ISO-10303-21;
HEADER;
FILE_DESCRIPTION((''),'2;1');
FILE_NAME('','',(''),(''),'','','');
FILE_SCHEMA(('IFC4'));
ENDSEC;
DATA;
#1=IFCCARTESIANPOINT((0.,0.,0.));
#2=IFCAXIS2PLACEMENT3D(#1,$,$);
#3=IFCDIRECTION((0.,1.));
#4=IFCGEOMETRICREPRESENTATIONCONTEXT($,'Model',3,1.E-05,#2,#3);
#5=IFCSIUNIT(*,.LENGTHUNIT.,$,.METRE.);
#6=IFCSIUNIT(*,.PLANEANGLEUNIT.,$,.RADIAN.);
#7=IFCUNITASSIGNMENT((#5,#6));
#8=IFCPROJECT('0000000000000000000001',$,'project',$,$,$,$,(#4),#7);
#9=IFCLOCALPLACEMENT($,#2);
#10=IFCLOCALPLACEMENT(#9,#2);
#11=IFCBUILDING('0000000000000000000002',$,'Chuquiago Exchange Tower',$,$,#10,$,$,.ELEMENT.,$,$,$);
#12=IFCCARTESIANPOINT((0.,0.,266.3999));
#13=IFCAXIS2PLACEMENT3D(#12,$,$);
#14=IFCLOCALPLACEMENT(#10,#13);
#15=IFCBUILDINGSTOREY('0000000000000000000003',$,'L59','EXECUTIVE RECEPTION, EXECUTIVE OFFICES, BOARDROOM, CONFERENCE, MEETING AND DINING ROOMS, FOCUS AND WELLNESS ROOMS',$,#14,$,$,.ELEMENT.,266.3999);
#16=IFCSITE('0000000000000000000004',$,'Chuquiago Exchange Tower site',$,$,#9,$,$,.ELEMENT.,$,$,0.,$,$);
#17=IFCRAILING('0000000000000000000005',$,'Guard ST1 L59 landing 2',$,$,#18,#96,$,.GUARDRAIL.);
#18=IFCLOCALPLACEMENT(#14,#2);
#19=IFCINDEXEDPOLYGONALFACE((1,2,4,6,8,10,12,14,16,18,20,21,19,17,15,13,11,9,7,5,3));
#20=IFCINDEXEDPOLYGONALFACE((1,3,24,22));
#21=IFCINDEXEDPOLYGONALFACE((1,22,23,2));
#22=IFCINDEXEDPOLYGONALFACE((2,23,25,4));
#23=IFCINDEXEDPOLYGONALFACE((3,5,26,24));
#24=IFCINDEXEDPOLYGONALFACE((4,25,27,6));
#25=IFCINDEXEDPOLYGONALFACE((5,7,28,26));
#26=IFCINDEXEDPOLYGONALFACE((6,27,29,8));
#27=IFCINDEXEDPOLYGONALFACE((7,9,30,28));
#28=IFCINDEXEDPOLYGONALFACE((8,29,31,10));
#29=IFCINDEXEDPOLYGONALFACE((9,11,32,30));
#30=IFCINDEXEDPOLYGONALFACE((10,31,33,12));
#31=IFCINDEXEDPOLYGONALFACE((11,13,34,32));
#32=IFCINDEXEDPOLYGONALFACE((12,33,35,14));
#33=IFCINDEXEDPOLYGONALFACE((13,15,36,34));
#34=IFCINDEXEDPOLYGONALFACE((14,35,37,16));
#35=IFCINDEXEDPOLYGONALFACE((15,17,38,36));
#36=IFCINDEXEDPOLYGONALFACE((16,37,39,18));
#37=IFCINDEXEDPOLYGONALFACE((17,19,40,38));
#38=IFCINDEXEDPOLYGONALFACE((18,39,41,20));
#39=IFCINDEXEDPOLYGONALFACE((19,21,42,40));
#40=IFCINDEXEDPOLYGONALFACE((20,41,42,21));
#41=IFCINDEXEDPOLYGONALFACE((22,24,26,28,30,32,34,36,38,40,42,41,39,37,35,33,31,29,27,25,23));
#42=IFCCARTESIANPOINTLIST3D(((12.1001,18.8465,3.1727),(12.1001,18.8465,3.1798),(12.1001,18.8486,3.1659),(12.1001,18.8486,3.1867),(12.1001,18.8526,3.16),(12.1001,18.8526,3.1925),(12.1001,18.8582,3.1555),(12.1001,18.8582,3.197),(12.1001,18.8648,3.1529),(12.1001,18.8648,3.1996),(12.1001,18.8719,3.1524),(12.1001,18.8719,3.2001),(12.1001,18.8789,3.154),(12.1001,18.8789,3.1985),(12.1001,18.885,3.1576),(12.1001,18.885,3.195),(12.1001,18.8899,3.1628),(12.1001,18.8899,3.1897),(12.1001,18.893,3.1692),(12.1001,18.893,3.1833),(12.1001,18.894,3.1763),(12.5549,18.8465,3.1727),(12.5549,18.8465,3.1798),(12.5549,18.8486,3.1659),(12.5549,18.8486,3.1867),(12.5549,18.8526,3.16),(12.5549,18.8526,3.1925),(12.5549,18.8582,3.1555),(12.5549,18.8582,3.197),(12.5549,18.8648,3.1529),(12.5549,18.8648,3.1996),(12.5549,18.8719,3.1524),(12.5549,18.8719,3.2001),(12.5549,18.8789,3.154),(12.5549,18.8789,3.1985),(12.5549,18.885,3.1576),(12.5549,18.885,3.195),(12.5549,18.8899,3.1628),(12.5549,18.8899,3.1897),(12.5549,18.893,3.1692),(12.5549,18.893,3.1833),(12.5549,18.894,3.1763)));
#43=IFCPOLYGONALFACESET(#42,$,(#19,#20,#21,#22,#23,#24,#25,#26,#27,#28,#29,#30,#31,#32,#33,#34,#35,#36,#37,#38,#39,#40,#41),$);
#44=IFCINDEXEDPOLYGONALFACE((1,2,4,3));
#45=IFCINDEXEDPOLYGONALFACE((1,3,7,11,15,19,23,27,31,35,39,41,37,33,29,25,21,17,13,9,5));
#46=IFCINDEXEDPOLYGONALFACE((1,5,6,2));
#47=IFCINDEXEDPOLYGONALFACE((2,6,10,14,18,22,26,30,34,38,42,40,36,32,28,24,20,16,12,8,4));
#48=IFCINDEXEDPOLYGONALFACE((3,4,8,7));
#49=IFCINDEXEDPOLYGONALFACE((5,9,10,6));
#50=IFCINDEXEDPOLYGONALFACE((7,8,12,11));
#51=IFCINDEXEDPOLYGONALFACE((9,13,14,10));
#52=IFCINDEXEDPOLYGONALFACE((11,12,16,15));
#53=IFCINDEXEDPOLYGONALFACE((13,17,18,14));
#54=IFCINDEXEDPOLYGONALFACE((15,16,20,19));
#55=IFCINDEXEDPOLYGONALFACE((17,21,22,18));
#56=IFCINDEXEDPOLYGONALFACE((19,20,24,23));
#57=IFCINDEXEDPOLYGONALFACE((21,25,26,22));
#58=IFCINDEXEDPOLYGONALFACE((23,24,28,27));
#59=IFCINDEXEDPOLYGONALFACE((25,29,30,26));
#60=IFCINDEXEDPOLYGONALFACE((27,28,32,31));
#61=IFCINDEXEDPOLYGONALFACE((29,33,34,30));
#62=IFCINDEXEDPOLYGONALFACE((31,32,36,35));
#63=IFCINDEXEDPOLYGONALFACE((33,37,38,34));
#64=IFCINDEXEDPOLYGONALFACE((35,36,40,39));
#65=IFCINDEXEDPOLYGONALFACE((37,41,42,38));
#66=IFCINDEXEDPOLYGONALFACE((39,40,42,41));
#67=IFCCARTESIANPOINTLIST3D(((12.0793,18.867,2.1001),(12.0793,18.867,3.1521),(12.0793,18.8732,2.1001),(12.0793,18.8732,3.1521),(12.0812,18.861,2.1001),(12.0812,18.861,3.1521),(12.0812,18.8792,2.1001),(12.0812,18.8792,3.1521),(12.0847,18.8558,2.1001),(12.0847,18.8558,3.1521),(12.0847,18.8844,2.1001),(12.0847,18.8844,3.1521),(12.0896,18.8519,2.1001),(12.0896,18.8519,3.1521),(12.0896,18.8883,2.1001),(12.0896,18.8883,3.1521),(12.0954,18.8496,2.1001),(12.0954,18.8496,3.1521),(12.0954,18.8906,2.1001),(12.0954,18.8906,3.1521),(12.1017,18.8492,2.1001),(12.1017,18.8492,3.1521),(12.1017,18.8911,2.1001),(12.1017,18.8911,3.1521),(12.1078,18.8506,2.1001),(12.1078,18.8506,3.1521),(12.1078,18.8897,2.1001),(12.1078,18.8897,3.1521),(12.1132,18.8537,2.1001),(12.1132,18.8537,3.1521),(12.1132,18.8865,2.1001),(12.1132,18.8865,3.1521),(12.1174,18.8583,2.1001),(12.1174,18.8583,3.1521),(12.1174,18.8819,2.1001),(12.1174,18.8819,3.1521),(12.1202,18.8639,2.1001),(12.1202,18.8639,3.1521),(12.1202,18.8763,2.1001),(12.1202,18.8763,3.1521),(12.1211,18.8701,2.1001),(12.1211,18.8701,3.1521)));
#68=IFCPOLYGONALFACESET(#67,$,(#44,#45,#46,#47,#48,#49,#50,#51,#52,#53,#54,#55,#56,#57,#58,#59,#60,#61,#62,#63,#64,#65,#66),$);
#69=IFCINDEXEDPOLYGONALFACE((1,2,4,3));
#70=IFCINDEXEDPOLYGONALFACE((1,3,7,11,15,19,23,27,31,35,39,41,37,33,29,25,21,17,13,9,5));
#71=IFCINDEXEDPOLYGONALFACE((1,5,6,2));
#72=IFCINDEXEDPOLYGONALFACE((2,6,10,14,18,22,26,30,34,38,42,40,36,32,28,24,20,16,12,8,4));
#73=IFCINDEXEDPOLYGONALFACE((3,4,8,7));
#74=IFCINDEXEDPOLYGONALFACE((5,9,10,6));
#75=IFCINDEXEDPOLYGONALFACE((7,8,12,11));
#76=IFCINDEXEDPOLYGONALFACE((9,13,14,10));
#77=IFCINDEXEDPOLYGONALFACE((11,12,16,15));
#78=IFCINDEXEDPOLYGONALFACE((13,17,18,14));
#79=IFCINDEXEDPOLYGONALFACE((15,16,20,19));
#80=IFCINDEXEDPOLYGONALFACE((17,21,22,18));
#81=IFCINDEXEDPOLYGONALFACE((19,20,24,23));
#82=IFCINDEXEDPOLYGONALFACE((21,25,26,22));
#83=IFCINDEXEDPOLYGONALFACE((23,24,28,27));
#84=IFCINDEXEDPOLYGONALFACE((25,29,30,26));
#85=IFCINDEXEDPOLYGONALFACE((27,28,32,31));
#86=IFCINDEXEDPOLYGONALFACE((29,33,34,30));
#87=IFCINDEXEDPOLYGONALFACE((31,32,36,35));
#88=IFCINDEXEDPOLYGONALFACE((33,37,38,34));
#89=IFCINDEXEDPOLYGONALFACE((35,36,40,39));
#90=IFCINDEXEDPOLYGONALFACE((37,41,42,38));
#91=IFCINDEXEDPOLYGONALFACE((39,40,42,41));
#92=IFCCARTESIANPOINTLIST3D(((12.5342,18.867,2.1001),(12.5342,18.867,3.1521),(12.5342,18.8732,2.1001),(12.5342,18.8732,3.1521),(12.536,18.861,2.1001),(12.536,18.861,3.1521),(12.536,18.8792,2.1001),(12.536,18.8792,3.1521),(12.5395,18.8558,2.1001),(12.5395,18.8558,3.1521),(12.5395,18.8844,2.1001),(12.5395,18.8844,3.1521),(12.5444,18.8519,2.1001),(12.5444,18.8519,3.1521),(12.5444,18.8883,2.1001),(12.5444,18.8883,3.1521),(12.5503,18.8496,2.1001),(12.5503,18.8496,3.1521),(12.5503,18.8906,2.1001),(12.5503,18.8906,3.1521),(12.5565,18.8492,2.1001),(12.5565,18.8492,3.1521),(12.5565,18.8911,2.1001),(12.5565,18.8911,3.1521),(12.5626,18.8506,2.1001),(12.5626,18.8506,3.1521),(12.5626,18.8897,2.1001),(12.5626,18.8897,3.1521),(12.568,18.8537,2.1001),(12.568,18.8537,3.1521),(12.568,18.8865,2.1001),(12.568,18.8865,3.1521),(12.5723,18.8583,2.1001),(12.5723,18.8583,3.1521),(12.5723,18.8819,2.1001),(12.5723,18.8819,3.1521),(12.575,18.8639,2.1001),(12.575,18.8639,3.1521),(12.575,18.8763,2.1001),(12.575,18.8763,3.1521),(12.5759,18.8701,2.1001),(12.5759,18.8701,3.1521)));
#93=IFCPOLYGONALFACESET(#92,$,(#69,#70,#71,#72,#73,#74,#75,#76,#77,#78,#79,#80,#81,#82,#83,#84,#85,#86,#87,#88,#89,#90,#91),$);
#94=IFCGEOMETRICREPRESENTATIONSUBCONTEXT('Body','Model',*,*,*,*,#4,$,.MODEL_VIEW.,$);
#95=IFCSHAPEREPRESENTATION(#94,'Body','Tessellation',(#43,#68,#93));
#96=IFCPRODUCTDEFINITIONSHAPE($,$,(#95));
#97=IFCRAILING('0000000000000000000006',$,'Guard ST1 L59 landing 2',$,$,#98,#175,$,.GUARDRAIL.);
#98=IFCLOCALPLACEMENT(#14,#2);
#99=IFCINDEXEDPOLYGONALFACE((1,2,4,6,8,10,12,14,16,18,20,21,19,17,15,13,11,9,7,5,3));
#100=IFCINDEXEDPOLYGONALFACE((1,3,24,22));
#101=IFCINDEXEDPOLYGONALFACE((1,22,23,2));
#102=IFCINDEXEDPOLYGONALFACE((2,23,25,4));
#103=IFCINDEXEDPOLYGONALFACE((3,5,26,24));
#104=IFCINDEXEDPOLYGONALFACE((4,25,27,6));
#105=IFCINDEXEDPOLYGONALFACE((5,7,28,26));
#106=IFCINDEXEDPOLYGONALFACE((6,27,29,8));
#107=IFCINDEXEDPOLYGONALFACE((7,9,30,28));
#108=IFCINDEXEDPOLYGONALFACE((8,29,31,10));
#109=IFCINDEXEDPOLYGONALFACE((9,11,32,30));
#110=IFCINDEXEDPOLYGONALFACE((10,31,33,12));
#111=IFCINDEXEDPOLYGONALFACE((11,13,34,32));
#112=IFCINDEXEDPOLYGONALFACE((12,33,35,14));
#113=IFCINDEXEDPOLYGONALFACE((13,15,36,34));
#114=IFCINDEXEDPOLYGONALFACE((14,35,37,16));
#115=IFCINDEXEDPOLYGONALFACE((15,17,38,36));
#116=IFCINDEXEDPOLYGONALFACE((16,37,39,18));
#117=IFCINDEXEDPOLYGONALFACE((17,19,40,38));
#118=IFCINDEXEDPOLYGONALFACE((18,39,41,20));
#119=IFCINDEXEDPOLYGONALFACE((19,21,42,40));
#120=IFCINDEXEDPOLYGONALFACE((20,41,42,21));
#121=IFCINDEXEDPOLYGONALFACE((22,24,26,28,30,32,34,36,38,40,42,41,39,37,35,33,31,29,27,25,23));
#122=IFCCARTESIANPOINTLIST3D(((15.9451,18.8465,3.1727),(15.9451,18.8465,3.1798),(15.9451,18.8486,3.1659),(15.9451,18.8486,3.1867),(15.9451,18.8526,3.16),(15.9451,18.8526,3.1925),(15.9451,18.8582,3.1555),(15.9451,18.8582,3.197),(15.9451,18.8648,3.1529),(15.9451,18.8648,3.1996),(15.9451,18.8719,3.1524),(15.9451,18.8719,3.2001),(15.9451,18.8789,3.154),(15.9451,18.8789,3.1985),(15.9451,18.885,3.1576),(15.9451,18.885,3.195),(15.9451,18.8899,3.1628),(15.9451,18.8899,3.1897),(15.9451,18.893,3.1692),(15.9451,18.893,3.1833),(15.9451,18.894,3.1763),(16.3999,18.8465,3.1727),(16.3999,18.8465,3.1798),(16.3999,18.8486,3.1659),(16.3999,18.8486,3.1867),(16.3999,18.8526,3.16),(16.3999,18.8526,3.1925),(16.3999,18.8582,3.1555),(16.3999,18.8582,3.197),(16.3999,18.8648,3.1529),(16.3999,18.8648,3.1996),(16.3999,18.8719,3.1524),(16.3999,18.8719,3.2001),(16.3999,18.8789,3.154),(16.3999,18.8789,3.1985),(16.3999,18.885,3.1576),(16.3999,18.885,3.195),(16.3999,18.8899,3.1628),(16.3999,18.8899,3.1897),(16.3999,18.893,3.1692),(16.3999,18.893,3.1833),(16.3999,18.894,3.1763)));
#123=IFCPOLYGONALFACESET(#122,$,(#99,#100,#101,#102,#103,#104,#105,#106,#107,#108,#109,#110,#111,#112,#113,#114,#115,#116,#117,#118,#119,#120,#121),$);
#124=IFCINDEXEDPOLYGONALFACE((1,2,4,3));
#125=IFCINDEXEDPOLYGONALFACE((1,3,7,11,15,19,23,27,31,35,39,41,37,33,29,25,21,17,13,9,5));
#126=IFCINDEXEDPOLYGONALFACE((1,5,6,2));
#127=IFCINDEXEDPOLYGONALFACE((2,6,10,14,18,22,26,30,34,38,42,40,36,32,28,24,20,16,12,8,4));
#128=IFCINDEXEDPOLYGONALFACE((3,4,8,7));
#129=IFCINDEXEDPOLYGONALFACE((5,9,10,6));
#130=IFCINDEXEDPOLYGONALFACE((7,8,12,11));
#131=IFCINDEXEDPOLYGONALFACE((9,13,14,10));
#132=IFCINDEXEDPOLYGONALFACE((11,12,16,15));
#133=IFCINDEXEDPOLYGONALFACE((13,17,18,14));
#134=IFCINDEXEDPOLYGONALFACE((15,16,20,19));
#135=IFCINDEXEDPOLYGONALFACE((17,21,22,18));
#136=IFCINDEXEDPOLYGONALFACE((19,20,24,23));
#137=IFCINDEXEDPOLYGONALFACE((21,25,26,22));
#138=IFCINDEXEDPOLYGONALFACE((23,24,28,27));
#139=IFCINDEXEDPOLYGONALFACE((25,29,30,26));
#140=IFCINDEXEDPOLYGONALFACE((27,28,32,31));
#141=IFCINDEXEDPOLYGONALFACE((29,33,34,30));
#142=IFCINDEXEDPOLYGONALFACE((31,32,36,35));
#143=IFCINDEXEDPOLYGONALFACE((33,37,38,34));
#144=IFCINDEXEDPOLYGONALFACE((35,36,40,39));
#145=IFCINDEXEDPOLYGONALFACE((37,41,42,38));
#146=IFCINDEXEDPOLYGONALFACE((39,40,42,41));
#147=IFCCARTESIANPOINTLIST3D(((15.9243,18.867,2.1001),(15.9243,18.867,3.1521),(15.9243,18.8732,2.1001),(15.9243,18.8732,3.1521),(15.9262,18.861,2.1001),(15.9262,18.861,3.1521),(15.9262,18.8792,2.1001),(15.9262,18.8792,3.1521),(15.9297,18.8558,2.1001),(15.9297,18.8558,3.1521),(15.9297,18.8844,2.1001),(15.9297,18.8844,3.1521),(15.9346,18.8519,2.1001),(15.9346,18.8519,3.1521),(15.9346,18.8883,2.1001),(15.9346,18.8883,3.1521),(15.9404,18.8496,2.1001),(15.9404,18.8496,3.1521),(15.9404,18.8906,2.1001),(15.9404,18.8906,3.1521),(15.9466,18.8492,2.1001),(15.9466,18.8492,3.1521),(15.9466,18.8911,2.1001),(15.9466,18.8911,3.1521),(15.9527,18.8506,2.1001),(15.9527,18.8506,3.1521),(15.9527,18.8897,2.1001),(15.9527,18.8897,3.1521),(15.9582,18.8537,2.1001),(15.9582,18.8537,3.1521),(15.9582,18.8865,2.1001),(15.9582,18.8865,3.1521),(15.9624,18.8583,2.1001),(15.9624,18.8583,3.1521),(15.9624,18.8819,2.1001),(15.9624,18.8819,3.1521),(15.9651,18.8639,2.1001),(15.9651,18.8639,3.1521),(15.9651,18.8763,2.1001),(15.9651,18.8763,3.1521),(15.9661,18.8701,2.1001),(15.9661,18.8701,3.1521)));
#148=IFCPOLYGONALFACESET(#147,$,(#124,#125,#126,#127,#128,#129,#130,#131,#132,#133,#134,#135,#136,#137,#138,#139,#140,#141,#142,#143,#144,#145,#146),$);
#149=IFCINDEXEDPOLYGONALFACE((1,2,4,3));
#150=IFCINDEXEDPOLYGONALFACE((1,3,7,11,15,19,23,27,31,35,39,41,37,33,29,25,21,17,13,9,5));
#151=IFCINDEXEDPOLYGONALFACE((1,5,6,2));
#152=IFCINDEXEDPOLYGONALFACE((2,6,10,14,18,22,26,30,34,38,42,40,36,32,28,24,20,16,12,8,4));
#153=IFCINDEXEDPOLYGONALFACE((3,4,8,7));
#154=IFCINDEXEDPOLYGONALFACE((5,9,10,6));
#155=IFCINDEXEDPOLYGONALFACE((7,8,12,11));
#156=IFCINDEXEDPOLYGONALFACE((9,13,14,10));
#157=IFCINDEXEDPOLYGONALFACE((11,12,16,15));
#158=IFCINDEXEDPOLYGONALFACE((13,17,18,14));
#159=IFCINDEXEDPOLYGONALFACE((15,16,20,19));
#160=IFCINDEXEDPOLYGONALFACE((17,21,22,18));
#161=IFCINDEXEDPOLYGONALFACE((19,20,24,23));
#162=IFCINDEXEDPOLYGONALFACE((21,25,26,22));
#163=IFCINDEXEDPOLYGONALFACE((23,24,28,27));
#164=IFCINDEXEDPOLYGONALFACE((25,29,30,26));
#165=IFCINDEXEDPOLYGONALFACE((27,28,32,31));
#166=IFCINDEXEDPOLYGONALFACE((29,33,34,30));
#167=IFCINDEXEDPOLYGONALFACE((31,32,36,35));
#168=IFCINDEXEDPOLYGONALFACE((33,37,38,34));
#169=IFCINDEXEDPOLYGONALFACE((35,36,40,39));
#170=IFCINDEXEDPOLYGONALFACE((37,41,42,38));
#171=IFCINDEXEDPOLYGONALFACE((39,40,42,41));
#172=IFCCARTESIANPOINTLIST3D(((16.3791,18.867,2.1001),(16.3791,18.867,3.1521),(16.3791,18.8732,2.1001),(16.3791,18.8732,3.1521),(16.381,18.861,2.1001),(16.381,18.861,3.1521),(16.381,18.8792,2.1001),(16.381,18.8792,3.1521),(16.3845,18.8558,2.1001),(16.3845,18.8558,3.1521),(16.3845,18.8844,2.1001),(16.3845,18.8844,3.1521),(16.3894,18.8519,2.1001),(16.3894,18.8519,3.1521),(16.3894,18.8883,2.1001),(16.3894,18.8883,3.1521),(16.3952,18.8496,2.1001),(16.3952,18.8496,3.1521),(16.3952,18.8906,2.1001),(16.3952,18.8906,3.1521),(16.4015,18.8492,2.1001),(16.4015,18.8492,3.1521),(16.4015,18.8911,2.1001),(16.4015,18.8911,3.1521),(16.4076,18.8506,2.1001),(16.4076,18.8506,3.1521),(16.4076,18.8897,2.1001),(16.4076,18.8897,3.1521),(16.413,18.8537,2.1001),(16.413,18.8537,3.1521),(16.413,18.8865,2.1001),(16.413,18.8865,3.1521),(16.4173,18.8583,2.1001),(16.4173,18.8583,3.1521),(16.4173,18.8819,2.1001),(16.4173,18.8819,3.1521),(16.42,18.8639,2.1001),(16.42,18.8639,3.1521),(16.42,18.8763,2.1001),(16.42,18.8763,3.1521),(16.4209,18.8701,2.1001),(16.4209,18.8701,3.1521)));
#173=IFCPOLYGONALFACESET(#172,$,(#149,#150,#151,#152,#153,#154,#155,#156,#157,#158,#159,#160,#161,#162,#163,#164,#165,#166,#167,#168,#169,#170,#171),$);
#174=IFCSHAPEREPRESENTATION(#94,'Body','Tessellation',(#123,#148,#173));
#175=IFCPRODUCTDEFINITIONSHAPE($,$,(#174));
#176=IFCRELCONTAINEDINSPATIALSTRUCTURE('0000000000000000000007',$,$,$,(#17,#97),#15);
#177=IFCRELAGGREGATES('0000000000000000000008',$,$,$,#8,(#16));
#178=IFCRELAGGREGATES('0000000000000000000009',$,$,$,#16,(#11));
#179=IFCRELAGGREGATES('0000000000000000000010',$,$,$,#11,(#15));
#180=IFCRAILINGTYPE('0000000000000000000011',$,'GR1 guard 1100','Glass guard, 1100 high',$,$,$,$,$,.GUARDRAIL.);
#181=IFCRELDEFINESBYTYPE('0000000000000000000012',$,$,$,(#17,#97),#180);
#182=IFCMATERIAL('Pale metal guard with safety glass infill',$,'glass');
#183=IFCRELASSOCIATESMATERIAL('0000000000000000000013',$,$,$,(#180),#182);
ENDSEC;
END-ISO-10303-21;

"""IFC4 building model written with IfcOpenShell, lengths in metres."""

from ifc_helpers import new_model, si_unit, direction, frame, origin, origin_2d, place, context, subcontext, project, spatial, circle, extrude, material, type_object, element, save


model = new_model("IFC4")

# Units and contexts
model_context = context("Model", 3, precision=1e-05, world=origin(), true_north=direction((0.0, 1.0)))
body_context = subcontext(model_context, "Body", "Model", "MODEL_VIEW")
ifc_project = project(units=[si_unit("LENGTHUNIT", "METRE"), si_unit("PLANEANGLEUNIT", "RADIAN")], contexts=[model_context])

# Site, building, storey
site_placement = place(None, origin())
site = spatial("IfcSite", under=ifc_project, at=site_placement, Name="Chuquiago Exchange Tower site", CompositionType="ELEMENT", RefElevation=0.0)
building_placement = place(site_placement, origin())
building = spatial("IfcBuilding", under=site, at=building_placement, Name="Chuquiago Exchange Tower", CompositionType="ELEMENT")
storey_placement = place(building_placement, frame((0.0, 0.0, 266.3999)))
storey = spatial("IfcBuildingStorey", under=building, at=storey_placement, Name="L59", Description="EXECUTIVE RECEPTION, EXECUTIVE OFFICES, BOARDROOM, CONFERENCE, MEETING AND DINING ROOMS, FOCUS AND WELLNESS ROOMS", CompositionType="ELEMENT", Elevation=266.3999)

# Railings
ifc_material_1 = material(Name="Pale metal guard with safety glass infill", Category="glass")
railing_type_1 = type_object("IfcRailingType", Name="GR1 guard 1100", Description="Glass guard, 1100 high", PredefinedType="GUARDRAIL", material=ifc_material_1)
for number, where, name in (
    (1, (12.1001, 18.8701, 2.1001), "Guard ST1 L59 landing 2"),
    (2, (15.9451, 18.8701, 2.1001), "Guard ST1 L59 landing 2"),
):
    element("IfcRailing", number, at=place(storey_placement, frame(where)), inside=storey, type_object=railing_type_1, Name=name, PredefinedType="GUARDRAIL", context=body_context, shape_type="SweptSolid", body=[
        extrude(circle(Radius=0.0239, at=origin_2d()), frame((0.0, 0.0, 1.0762), z_axis=(1.0, 0.0, 0.0), x_axis=(0.0, 1.0, 0.0)), (0.0, 0.0, 1.0), 0.4548),
        extrude(circle(Radius=0.021, at=origin_2d()), origin(), (0.0, 0.0, 1.0), 1.052),
        extrude(circle(Radius=0.021, at=origin_2d()), frame((0.4548, 0.0, 0.0)), (0.0, 0.0, 1.0), 1.052),
    ])

save(model, "model.ifc")
